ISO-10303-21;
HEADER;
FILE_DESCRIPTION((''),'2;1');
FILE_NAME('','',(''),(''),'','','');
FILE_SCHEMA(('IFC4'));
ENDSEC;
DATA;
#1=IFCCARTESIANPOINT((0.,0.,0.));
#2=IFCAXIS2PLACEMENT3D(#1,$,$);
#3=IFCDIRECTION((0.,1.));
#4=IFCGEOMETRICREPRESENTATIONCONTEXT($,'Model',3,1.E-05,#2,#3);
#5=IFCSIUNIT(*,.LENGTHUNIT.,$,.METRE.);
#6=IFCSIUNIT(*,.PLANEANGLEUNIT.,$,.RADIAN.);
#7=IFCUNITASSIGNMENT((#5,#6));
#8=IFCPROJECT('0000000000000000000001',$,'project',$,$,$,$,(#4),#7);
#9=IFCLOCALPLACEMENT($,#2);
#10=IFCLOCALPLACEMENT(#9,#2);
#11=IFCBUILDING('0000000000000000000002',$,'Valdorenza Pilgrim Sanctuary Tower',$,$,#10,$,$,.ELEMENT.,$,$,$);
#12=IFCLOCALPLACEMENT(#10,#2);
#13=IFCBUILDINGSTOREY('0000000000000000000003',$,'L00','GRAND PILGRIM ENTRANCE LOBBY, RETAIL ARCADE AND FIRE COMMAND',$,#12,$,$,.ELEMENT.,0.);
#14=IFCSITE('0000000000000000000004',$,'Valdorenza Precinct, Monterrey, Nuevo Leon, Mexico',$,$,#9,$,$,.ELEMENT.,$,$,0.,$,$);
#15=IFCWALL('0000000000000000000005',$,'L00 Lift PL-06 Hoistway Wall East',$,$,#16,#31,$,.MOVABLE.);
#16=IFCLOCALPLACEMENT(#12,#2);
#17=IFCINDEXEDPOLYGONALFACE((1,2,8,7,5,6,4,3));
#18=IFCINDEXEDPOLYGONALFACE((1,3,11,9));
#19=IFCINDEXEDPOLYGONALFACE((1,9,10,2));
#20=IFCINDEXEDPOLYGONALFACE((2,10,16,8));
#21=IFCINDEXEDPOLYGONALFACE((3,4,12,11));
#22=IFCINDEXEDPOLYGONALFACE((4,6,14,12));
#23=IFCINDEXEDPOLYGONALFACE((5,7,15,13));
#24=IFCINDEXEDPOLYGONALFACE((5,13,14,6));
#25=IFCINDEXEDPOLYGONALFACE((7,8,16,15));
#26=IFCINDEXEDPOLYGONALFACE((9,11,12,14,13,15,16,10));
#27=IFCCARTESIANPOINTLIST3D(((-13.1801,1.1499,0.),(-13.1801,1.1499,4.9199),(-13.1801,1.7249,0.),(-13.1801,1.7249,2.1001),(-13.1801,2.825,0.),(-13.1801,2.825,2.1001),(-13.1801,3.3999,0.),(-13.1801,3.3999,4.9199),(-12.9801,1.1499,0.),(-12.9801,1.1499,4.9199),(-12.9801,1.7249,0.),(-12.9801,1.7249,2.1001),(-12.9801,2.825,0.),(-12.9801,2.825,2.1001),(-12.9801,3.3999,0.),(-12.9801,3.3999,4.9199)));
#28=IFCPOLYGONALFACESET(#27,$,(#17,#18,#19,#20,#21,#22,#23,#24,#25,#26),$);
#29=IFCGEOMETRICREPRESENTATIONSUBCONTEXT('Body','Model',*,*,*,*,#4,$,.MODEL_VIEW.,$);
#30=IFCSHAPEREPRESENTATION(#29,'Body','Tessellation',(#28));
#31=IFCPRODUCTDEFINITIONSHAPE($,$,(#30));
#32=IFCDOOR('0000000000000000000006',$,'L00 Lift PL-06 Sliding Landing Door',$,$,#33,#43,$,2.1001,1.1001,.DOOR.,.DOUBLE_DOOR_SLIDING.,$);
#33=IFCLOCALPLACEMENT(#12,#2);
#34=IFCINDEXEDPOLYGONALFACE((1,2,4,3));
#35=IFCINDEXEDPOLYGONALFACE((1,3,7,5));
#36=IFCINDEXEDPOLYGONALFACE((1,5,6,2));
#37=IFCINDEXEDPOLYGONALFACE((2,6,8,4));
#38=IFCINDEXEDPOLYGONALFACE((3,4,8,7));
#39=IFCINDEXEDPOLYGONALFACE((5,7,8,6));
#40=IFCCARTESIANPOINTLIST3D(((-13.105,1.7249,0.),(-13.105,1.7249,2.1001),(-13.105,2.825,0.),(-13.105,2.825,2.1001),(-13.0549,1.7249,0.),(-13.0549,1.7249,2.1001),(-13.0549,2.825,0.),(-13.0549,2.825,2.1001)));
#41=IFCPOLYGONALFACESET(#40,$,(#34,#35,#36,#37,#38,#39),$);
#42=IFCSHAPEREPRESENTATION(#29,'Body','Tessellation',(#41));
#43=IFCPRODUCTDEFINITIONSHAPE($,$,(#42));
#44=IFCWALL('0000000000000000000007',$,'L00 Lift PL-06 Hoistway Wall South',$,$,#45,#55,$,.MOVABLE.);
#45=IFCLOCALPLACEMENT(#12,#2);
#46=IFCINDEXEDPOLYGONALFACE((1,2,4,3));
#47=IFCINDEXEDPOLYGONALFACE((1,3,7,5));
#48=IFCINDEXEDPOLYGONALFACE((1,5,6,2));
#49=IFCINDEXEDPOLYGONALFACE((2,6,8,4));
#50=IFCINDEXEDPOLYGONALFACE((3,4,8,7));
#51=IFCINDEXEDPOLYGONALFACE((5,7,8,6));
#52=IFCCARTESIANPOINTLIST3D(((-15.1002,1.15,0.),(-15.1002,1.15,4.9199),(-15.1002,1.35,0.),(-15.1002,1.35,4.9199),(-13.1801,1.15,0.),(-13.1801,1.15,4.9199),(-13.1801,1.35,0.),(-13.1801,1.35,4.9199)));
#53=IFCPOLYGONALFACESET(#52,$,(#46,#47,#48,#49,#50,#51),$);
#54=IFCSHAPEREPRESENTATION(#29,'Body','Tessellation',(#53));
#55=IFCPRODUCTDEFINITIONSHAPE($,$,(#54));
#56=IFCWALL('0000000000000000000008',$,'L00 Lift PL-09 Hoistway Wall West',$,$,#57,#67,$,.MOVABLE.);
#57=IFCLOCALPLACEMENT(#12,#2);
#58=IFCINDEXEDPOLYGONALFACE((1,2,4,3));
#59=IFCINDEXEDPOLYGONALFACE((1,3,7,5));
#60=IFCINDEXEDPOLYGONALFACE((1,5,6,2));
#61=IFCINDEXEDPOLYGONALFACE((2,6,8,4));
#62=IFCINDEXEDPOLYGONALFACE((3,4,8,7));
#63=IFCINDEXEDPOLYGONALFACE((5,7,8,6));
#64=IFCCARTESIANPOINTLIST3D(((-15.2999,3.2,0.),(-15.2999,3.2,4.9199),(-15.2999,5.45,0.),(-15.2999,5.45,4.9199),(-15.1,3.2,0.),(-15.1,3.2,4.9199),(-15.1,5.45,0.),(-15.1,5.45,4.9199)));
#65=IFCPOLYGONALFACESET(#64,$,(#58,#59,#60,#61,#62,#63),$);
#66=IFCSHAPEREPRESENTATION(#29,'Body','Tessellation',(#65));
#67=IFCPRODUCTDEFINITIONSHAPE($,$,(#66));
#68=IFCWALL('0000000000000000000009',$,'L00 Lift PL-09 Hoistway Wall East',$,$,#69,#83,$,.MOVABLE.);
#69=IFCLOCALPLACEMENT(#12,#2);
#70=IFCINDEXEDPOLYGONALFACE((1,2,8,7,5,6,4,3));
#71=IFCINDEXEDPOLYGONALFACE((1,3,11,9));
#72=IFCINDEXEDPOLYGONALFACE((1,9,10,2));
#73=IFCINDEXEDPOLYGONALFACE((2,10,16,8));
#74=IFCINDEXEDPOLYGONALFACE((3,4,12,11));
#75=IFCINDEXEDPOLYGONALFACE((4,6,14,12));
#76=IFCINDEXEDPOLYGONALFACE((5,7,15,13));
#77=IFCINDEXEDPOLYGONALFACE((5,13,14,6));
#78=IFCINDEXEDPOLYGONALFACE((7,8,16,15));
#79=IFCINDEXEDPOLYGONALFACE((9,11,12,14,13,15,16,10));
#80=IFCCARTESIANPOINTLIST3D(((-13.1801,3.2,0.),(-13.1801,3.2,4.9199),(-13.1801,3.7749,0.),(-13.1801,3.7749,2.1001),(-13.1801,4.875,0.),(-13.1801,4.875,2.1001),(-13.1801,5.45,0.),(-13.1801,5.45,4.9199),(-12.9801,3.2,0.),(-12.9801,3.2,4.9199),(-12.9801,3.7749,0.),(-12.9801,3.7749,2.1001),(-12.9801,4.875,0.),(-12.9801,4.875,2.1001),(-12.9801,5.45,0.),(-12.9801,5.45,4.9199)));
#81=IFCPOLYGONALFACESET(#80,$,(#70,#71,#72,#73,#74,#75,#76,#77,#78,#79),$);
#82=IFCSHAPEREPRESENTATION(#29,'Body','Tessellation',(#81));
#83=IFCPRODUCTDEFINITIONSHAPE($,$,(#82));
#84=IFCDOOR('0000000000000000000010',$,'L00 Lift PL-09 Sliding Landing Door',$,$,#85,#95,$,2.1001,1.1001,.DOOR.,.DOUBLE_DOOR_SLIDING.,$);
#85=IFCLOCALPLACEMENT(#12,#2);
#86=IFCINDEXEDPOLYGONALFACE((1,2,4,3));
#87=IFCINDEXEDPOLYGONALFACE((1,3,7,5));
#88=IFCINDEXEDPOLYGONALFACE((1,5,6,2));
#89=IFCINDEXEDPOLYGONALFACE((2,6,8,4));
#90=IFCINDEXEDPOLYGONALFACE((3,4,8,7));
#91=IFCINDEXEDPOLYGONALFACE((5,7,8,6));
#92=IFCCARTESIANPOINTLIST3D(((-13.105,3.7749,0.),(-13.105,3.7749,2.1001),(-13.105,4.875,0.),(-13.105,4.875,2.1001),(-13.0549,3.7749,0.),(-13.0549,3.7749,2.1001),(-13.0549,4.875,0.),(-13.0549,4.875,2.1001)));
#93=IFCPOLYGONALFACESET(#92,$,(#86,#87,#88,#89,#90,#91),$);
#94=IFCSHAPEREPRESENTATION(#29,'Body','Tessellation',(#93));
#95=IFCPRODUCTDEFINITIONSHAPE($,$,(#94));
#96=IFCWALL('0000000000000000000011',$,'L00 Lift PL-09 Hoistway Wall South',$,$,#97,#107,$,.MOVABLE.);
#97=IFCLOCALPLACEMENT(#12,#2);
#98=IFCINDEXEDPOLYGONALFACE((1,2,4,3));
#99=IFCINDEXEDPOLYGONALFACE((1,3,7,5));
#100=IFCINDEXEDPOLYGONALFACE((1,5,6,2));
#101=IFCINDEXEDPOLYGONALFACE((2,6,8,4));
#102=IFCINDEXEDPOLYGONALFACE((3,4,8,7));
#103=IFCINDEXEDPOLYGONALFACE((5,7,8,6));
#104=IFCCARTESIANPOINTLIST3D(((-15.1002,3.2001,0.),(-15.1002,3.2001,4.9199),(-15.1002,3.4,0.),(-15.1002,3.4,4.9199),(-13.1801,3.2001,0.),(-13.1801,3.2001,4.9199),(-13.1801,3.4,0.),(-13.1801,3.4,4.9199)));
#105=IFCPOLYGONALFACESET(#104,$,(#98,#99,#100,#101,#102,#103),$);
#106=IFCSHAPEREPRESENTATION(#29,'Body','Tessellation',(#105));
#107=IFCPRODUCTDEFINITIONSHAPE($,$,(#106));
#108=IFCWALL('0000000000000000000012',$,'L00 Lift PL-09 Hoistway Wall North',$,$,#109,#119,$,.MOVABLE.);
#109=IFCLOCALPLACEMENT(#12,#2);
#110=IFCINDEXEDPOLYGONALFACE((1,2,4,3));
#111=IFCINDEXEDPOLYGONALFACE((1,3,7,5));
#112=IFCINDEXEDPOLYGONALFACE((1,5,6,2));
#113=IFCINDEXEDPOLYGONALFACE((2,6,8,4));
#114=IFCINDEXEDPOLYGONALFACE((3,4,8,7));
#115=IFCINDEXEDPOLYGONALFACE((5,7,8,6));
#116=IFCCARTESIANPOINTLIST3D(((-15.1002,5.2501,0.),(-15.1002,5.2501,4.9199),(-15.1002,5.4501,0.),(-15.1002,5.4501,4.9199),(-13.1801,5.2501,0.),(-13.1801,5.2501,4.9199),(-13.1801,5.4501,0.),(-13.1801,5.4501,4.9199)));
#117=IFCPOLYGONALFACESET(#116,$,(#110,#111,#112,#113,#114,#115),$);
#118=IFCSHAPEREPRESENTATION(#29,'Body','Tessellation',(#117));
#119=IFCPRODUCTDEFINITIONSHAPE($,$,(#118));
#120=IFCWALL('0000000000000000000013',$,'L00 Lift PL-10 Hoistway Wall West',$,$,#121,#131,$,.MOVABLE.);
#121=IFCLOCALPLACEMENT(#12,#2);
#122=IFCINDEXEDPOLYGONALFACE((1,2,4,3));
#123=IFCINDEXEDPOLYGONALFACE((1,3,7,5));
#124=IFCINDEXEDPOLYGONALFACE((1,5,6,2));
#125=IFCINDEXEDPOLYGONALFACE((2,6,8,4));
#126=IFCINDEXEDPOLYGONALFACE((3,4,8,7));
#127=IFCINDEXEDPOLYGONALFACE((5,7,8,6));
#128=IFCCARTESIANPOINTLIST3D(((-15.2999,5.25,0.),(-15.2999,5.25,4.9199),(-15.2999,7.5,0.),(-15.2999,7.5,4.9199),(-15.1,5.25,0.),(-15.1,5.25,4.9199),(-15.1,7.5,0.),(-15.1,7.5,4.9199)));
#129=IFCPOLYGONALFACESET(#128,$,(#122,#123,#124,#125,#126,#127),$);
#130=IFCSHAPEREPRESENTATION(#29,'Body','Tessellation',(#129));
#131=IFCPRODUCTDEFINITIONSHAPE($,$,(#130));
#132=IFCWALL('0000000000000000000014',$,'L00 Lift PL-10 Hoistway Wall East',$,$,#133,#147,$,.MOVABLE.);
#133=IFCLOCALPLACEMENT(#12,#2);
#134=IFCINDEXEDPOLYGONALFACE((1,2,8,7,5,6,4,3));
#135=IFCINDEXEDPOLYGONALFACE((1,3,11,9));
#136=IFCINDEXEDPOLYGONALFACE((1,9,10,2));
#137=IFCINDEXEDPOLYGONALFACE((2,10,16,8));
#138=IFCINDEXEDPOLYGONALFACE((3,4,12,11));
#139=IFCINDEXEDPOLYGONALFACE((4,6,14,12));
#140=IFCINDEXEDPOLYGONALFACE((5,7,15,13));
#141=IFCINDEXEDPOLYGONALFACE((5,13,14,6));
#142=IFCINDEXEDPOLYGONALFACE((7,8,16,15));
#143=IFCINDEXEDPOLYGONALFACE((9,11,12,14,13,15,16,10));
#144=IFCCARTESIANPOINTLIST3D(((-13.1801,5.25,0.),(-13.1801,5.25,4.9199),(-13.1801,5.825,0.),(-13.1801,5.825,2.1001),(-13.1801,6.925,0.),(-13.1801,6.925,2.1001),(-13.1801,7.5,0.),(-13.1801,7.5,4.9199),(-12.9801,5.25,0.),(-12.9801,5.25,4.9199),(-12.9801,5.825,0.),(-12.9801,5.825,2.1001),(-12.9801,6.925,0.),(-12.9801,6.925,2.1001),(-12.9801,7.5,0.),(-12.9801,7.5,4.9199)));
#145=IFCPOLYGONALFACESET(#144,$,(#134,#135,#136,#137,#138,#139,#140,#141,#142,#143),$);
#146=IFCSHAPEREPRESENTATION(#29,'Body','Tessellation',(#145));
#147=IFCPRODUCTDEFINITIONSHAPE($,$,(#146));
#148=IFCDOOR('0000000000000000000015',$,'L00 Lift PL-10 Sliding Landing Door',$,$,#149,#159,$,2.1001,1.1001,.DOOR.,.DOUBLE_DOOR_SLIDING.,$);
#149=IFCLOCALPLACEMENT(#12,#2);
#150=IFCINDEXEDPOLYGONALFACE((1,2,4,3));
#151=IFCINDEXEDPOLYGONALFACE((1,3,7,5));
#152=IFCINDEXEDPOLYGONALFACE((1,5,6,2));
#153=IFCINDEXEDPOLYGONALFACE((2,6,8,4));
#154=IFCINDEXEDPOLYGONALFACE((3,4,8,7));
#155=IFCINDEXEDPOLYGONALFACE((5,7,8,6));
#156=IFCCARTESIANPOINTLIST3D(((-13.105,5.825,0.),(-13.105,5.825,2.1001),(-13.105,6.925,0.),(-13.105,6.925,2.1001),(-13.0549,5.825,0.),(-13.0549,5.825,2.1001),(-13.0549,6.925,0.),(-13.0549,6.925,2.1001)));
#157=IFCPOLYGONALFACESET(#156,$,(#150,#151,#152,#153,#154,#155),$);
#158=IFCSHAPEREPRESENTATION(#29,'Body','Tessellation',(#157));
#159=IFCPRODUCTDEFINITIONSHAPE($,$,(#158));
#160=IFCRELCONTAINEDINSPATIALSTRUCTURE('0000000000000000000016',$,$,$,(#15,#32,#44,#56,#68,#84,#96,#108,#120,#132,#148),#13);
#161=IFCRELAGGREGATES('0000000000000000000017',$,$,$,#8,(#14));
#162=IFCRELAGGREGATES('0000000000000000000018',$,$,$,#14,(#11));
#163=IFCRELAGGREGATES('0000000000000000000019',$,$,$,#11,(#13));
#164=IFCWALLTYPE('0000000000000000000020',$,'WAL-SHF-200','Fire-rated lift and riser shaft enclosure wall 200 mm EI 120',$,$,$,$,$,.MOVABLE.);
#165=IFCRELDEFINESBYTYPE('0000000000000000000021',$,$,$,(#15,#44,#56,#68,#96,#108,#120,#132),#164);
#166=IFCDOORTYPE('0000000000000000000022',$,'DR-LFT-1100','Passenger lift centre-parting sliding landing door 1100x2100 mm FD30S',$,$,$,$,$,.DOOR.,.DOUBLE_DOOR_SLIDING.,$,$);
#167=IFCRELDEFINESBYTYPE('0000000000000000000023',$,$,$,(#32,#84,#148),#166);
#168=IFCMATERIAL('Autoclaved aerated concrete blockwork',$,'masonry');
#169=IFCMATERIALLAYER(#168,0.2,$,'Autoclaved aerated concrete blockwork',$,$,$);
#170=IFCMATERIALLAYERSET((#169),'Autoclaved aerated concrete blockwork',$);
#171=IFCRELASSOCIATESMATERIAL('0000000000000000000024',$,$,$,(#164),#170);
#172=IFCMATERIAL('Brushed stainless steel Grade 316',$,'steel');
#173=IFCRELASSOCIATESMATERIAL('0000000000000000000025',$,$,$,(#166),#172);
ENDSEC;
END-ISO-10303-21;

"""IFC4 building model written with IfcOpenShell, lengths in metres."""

from ifc_helpers import new_model, si_unit, direction, frame, frame_2d, origin, place, context, subcontext, project, spatial, rectangle, extrude, material, layer, layer_set, type_object, element, fill, save


model = new_model("IFC4")

# Units and contexts
model_context = context("Model", 3, precision=1e-05, world=origin(), true_north=direction((0.0, 1.0)))
body_context = subcontext(model_context, "Body", "Model", "MODEL_VIEW")
ifc_project = project(units=[si_unit("LENGTHUNIT", "METRE"), si_unit("PLANEANGLEUNIT", "RADIAN")], contexts=[model_context])

# Site, building, storey
site_placement = place(None, origin())
site = spatial("IfcSite", under=ifc_project, at=site_placement, Name="Valdorenza Precinct, Monterrey, Nuevo Leon, Mexico", CompositionType="ELEMENT", RefElevation=0.0)
building_placement = place(site_placement, origin())
building = spatial("IfcBuilding", under=site, at=building_placement, Name="Valdorenza Pilgrim Sanctuary Tower", CompositionType="ELEMENT")
storey_placement = place(building_placement, origin())
storey = spatial("IfcBuildingStorey", under=building, at=storey_placement, Name="L00", Description="GRAND PILGRIM ENTRANCE LOBBY, RETAIL ARCADE AND FIRE COMMAND", CompositionType="ELEMENT", Elevation=0.0)

# Shared definitions
ifc_material_1 = material(Name="Autoclaved aerated concrete blockwork", Category="masonry")
ifc_layer_1 = layer(ifc_material_1, 0.2, Name="Autoclaved aerated concrete blockwork")
ifc_layer_set_1 = layer_set([ifc_layer_1], Name="Autoclaved aerated concrete blockwork")
wall_type_1 = type_object("IfcWallType", Name="WAL-SHF-200", Description="Fire-rated lift and riser shaft enclosure wall 200 mm EI 120", PredefinedType="MOVABLE", material=ifc_layer_set_1)

# Shared definitions
ifc_material_2 = material(Name="Brushed stainless steel Grade 316", Category="steel")

# Wall, opening, door
wall_1_placement = place(storey_placement, frame((-13.0801, 1.1499, 0.0), z_axis=(0.0, 0.0, 1.0), x_axis=(0.0, 1.0, 0.0)))
wall_1 = element("IfcWall", 1, at=wall_1_placement, inside=storey, type_object=wall_type_1, Name="L00 Lift PL-06 Hoistway Wall East", PredefinedType="MOVABLE", context=body_context, shape_type="SweptSolid", body=[
    extrude(rectangle(XDim=2.25, YDim=0.2, at=frame_2d((1.125, 0.0))), origin(), (0.0, 0.0, 1.0), 4.9199),
])
opening_1_placement = place(wall_1_placement, frame((0.575, 0.0, 0.0)))
opening_1 = element("IfcOpeningElement", 2, at=opening_1_placement, cuts=wall_1, PredefinedType="OPENING", context=body_context, shape_type="SweptSolid", body=[
    extrude(rectangle(XDim=1.1001, YDim=2.1001, at=frame_2d((0.55, 1.05))), frame((0.0, 0.1147, 0.0), z_axis=(0.0, -1.0, 0.0), x_axis=(1.0, 0.0, 0.0)), (0.0, 0.0, 1.0), 0.2297),
])
door_type_1 = type_object("IfcDoorType", Name="DR-LFT-1100", Description="Passenger lift centre-parting sliding landing door 1100x2100 mm FD30S", OperationType="DOUBLE_DOOR_SLIDING", PredefinedType="DOOR", material=ifc_material_2)
door_1_placement = place(opening_1_placement, origin())
door_1 = element("IfcDoor", 3, at=door_1_placement, inside=storey, type_object=door_type_1, Name="L00 Lift PL-06 Sliding Landing Door", OperationType="DOUBLE_DOOR_SLIDING", OverallHeight=2.1001, OverallWidth=1.1001, PredefinedType="DOOR", context=body_context, shape_type="SweptSolid", body=[
    extrude(rectangle(XDim=1.1001, YDim=2.1001, at=frame_2d((0.55, 1.05))), frame((0.0, 0.0249, 0.0), z_axis=(0.0, -1.0, 0.0), x_axis=(1.0, 0.0, 0.0)), (0.0, 0.0, 1.0), 0.05),
])
fill(opening_1, door_1)

# Walls
wall_2_placement = place(storey_placement, frame((-15.1001, 1.25, 0.0), z_axis=(0.0, 0.0, 1.0), x_axis=(1.0, 0.0, 0.0)))
element("IfcWall", 4, at=wall_2_placement, inside=storey, type_object=wall_type_1, Name="L00 Lift PL-06 Hoistway Wall South", PredefinedType="MOVABLE", context=body_context, shape_type="SweptSolid", body=[
    extrude(rectangle(XDim=1.9202, YDim=0.2, at=frame_2d((0.96, 0.0))), origin(), (0.0, 0.0, 1.0), 4.9199),
])
wall_3_placement = place(storey_placement, frame((-15.2, 3.2, 0.0), z_axis=(0.0, 0.0, 1.0), x_axis=(0.0, 1.0, 0.0)))
element("IfcWall", 5, at=wall_3_placement, inside=storey, type_object=wall_type_1, Name="L00 Lift PL-09 Hoistway Wall West", PredefinedType="MOVABLE", context=body_context, shape_type="SweptSolid", body=[
    extrude(rectangle(XDim=2.25, YDim=0.2, at=frame_2d((1.125, 0.0))), origin(), (0.0, 0.0, 1.0), 4.9199),
])

# Wall, opening, door
wall_4_placement = place(storey_placement, frame((-13.0801, 3.2, 0.0), z_axis=(0.0, 0.0, 1.0), x_axis=(0.0, 1.0, 0.0)))
wall_4 = element("IfcWall", 6, at=wall_4_placement, inside=storey, type_object=wall_type_1, Name="L00 Lift PL-09 Hoistway Wall East", PredefinedType="MOVABLE", context=body_context, shape_type="SweptSolid", body=[
    extrude(rectangle(XDim=2.25, YDim=0.2, at=frame_2d((1.125, 0.0))), origin(), (0.0, 0.0, 1.0), 4.9199),
])
opening_2_placement = place(wall_4_placement, frame((0.575, 0.0, 0.0)))
opening_2 = element("IfcOpeningElement", 7, at=opening_2_placement, cuts=wall_4, PredefinedType="OPENING", context=body_context, shape_type="SweptSolid", body=[
    extrude(rectangle(XDim=1.1001, YDim=2.1001, at=frame_2d((0.55, 1.05))), frame((0.0, 0.1147, 0.0), z_axis=(0.0, -1.0, 0.0), x_axis=(1.0, 0.0, 0.0)), (0.0, 0.0, 1.0), 0.2297),
])
door_2_placement = place(opening_2_placement, origin())
door_2 = element("IfcDoor", 8, at=door_2_placement, inside=storey, type_object=door_type_1, Name="L00 Lift PL-09 Sliding Landing Door", OperationType="DOUBLE_DOOR_SLIDING", OverallHeight=2.1001, OverallWidth=1.1001, PredefinedType="DOOR", context=body_context, shape_type="SweptSolid", body=[
    extrude(rectangle(XDim=1.1001, YDim=2.1001, at=frame_2d((0.55, 1.05))), frame((0.0, 0.0249, 0.0), z_axis=(0.0, -1.0, 0.0), x_axis=(1.0, 0.0, 0.0)), (0.0, 0.0, 1.0), 0.05),
])
fill(opening_2, door_2)

# Walls
for number, where, z_axis, x_axis, name in (
    (9, (-15.1001, 3.3, 0.0), (0.0, 0.0, 1.0), (1.0, 0.0, 0.0), "L00 Lift PL-09 Hoistway Wall South"),
    (10, (-15.1001, 5.3501, 0.0), (0.0, 0.0, 1.0), (1.0, 0.0, 0.0), "L00 Lift PL-09 Hoistway Wall North"),
):
    element("IfcWall", number, at=place(storey_placement, frame(where, z_axis=z_axis, x_axis=x_axis)), inside=storey, type_object=wall_type_1, Name=name, PredefinedType="MOVABLE", context=body_context, shape_type="SweptSolid", body=[
        extrude(rectangle(XDim=1.9202, YDim=0.2, at=frame_2d((0.96, 0.0))), origin(), (0.0, 0.0, 1.0), 4.9199),
    ])
wall_5_placement = place(storey_placement, frame((-15.2, 5.25, 0.0), z_axis=(0.0, 0.0, 1.0), x_axis=(0.0, 1.0, 0.0)))
element("IfcWall", 11, at=wall_5_placement, inside=storey, type_object=wall_type_1, Name="L00 Lift PL-10 Hoistway Wall West", PredefinedType="MOVABLE", context=body_context, shape_type="SweptSolid", body=[
    extrude(rectangle(XDim=2.25, YDim=0.2, at=frame_2d((1.125, 0.0))), origin(), (0.0, 0.0, 1.0), 4.9199),
])

# Wall, opening, door
wall_6_placement = place(storey_placement, frame((-13.0801, 5.25, 0.0), z_axis=(0.0, 0.0, 1.0), x_axis=(0.0, 1.0, 0.0)))
wall_6 = element("IfcWall", 12, at=wall_6_placement, inside=storey, type_object=wall_type_1, Name="L00 Lift PL-10 Hoistway Wall East", PredefinedType="MOVABLE", context=body_context, shape_type="SweptSolid", body=[
    extrude(rectangle(XDim=2.25, YDim=0.2, at=frame_2d((1.125, 0.0))), origin(), (0.0, 0.0, 1.0), 4.9199),
])
opening_3_placement = place(wall_6_placement, frame((0.575, 0.0, 0.0)))
opening_3 = element("IfcOpeningElement", 13, at=opening_3_placement, cuts=wall_6, PredefinedType="OPENING", context=body_context, shape_type="SweptSolid", body=[
    extrude(rectangle(XDim=1.1001, YDim=2.1001, at=frame_2d((0.55, 1.05))), frame((0.0, 0.1147, 0.0), z_axis=(0.0, -1.0, 0.0), x_axis=(1.0, 0.0, 0.0)), (0.0, 0.0, 1.0), 0.2297),
])
door_3_placement = place(opening_3_placement, origin())
door_3 = element("IfcDoor", 14, at=door_3_placement, inside=storey, type_object=door_type_1, Name="L00 Lift PL-10 Sliding Landing Door", OperationType="DOUBLE_DOOR_SLIDING", OverallHeight=2.1001, OverallWidth=1.1001, PredefinedType="DOOR", context=body_context, shape_type="SweptSolid", body=[
    extrude(rectangle(XDim=1.1001, YDim=2.1001, at=frame_2d((0.55, 1.05))), frame((0.0, 0.0249, 0.0), z_axis=(0.0, -1.0, 0.0), x_axis=(1.0, 0.0, 0.0)), (0.0, 0.0, 1.0), 0.05),
])
fill(opening_3, door_3)

save(model, "model.ifc")
